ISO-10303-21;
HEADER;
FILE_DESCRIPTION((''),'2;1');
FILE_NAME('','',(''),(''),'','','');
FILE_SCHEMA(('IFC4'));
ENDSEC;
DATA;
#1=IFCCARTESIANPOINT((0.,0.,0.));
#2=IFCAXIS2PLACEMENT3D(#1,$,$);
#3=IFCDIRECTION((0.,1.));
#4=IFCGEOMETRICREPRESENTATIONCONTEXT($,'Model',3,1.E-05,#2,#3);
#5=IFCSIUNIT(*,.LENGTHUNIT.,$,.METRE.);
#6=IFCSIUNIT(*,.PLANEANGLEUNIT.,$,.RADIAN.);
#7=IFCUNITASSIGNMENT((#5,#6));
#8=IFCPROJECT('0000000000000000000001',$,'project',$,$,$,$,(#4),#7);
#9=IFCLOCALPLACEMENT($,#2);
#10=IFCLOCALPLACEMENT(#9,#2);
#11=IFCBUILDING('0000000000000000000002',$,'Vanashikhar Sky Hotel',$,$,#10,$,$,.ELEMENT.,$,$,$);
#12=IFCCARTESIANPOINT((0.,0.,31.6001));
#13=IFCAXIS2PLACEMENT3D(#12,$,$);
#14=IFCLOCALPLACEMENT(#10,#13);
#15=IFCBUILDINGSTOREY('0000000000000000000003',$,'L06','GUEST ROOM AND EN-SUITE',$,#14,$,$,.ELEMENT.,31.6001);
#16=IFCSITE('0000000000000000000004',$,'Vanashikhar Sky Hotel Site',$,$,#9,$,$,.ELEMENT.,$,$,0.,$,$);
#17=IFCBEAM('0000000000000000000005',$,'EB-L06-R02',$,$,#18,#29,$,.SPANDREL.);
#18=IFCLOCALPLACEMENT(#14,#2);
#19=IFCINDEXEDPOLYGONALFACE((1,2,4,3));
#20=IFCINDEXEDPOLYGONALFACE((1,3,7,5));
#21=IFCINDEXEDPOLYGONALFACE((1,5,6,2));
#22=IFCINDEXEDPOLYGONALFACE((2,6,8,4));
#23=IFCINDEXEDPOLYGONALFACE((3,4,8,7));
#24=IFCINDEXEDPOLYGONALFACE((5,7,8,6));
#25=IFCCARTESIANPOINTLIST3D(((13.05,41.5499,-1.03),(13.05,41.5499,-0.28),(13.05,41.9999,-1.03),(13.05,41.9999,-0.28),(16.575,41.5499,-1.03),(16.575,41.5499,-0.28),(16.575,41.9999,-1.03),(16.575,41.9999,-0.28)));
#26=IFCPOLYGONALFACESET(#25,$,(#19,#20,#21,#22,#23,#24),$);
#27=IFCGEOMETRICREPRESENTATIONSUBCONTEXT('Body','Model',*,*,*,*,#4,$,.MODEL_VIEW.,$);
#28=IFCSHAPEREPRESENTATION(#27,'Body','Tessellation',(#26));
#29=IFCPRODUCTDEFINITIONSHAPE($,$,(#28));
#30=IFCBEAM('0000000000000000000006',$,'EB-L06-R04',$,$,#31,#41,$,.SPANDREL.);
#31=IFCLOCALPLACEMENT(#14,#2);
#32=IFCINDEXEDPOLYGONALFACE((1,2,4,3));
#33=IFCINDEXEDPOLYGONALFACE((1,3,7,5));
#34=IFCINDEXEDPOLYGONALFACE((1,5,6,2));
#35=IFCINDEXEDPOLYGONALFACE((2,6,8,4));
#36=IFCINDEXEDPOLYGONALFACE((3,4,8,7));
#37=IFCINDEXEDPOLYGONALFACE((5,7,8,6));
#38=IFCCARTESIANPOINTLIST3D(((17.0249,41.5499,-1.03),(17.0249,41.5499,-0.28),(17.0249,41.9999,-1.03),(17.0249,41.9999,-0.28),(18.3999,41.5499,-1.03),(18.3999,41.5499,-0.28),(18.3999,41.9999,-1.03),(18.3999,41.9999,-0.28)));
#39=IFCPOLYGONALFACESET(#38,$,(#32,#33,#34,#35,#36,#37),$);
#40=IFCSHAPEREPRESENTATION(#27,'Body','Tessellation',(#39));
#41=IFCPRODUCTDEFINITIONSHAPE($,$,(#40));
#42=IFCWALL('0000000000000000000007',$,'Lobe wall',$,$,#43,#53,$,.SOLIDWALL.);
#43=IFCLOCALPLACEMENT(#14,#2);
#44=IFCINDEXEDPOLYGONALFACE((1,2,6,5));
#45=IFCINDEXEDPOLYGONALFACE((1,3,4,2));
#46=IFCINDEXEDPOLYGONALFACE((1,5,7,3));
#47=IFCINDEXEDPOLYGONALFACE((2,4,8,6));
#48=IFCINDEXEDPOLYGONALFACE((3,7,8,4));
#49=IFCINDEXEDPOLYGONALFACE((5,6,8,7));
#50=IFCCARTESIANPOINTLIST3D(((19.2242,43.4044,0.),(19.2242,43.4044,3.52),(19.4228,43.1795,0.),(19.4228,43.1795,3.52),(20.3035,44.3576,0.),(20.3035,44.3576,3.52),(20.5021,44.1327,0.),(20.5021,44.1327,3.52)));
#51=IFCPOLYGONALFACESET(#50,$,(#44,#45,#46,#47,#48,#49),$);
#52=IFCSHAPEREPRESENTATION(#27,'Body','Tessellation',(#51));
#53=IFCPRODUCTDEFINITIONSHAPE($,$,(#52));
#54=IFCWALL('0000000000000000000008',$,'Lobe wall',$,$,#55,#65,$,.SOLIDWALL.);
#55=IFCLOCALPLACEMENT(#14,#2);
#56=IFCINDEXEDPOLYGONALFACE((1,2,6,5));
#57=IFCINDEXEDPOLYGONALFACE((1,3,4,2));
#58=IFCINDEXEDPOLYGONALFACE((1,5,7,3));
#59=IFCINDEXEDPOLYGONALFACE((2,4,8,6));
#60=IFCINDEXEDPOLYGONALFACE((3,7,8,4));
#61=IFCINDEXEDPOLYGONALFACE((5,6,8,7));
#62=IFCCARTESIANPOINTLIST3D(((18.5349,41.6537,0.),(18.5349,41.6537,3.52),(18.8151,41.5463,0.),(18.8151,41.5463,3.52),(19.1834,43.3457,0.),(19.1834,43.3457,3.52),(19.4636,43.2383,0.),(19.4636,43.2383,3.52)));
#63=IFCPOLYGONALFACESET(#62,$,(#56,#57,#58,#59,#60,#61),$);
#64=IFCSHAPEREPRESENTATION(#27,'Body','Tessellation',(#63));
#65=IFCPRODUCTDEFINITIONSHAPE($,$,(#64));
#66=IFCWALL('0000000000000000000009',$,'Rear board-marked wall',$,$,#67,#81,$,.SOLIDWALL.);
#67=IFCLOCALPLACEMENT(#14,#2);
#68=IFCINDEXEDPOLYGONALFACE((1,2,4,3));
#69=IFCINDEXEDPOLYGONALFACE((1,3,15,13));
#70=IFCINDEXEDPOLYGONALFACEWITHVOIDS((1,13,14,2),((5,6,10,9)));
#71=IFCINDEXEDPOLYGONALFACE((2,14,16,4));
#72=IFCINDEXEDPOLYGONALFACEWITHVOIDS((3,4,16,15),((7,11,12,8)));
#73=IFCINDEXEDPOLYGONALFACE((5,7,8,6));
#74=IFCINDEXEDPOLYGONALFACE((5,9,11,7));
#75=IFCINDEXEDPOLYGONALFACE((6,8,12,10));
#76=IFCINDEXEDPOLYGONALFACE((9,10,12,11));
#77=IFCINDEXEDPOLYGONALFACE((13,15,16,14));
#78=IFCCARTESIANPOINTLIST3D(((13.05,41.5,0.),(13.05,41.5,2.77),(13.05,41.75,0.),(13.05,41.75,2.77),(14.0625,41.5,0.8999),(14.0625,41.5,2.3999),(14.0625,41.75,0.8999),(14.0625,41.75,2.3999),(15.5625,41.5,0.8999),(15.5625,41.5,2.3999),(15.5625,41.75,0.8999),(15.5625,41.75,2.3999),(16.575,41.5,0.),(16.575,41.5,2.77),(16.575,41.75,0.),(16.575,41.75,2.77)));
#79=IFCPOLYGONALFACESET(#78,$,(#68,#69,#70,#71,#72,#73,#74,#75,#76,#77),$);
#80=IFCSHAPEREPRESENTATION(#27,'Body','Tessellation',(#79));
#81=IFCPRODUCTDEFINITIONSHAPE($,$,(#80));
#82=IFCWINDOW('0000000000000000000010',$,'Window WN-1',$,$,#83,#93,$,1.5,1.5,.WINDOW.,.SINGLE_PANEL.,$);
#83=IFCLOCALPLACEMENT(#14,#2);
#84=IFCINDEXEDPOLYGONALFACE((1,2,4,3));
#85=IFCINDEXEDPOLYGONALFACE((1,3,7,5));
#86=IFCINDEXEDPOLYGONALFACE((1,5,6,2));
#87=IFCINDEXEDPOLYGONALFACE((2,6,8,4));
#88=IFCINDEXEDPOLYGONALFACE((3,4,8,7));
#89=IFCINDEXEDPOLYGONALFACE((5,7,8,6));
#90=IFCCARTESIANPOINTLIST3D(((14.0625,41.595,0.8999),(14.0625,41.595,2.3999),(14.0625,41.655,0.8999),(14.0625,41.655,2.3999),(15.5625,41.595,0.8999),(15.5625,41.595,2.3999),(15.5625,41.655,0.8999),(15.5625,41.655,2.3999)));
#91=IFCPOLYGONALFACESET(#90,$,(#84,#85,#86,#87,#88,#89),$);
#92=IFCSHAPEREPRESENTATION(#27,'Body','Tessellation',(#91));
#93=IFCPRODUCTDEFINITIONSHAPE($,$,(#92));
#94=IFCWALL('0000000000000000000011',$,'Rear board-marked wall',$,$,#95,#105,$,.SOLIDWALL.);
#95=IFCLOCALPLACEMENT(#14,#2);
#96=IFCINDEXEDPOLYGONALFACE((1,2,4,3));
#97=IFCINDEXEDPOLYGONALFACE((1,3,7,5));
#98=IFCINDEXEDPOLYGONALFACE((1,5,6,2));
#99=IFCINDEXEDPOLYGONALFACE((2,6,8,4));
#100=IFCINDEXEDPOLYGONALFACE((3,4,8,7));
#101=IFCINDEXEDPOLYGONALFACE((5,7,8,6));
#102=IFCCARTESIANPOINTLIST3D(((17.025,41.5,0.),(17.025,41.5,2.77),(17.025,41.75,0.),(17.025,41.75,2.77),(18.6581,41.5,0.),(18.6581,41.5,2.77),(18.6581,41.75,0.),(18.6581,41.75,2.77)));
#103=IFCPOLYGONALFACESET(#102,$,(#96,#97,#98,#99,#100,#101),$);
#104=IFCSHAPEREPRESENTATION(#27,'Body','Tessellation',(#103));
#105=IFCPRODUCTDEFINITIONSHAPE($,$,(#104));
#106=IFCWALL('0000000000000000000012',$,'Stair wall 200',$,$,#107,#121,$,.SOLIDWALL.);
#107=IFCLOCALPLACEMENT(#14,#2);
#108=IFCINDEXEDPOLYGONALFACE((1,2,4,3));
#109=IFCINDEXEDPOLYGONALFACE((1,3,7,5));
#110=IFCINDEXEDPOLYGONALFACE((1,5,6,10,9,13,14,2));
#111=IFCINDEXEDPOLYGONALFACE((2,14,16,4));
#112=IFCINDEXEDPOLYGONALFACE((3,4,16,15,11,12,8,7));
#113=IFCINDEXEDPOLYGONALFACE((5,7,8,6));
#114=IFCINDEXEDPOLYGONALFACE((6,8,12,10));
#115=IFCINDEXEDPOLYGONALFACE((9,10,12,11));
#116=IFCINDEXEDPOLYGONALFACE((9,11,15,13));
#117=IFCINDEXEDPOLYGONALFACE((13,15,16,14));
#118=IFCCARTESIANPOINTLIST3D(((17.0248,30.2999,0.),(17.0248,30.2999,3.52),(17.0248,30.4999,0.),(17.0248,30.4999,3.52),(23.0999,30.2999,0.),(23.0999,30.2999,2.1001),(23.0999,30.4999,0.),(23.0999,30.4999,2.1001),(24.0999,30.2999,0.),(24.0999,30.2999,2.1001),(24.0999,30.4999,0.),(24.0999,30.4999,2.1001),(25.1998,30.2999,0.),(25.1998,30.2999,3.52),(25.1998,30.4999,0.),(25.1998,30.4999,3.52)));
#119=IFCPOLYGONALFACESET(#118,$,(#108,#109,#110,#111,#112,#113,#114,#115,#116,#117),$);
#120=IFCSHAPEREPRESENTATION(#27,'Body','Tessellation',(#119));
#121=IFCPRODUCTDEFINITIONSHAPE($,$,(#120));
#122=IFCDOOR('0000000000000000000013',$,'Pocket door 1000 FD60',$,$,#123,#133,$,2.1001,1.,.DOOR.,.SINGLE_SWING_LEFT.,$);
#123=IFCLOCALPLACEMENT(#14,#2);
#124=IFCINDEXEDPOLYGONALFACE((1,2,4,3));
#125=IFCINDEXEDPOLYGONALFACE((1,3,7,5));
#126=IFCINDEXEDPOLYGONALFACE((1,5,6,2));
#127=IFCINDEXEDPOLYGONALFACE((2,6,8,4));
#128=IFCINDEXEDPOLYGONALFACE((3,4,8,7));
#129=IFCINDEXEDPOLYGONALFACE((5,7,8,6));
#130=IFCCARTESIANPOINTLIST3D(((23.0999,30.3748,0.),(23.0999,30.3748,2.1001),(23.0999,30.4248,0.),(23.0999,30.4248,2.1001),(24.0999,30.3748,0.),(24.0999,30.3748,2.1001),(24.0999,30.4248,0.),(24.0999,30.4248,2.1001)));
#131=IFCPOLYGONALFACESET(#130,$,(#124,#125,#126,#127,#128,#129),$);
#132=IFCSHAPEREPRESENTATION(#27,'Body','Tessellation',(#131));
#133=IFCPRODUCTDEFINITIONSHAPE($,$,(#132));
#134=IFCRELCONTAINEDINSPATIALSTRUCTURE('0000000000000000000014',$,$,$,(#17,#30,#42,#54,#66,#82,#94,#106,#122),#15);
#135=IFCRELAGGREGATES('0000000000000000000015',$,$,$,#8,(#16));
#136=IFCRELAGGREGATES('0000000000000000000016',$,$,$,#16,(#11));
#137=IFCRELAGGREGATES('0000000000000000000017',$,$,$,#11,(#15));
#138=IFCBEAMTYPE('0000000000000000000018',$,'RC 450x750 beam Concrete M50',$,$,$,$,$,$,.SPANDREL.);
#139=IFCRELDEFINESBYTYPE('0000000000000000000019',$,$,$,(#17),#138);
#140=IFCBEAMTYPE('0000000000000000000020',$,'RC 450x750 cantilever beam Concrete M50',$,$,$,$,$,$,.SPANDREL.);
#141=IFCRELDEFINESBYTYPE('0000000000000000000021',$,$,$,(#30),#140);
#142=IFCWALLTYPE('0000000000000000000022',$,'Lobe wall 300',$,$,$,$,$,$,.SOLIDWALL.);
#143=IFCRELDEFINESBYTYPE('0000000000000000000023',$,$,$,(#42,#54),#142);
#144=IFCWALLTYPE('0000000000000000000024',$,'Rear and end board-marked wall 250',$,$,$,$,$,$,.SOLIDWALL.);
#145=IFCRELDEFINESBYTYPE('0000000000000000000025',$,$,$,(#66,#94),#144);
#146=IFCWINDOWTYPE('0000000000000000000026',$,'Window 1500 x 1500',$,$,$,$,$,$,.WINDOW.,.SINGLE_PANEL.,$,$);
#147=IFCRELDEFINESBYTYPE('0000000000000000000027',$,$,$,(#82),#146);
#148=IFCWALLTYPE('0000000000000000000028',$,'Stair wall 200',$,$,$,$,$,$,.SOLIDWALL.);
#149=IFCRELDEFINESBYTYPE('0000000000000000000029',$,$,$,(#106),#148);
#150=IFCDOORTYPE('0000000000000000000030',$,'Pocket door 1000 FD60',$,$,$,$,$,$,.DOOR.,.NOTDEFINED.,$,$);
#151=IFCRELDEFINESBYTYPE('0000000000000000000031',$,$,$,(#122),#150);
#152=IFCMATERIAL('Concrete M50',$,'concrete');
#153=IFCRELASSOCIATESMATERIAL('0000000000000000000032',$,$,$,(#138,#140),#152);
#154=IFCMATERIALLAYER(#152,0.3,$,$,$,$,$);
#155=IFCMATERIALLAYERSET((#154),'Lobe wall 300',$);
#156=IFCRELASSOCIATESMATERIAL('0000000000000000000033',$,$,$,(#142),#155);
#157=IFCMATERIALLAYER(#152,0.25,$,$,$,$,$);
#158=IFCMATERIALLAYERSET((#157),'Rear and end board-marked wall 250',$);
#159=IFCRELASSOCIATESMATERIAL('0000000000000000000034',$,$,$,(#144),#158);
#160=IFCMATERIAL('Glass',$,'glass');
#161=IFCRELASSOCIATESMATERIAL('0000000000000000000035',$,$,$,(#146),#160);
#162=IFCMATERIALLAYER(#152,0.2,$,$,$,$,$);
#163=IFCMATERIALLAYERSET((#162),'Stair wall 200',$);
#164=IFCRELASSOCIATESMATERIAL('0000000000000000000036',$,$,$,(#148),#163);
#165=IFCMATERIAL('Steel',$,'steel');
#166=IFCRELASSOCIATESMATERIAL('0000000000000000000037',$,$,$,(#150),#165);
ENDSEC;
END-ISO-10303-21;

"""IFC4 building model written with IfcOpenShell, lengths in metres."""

from ifc_helpers import new_model, si_unit, direction, frame, frame_2d, origin, origin_2d, place, context, subcontext, project, spatial, rectangle, extrude, source, transform, mapped, material, layer, layer_set, material_profile, profile_set, type_object, element, fill, save


model = new_model("IFC4")

# Units and contexts
model_context = context("Model", 3, precision=1e-05, world=origin(), true_north=direction((0.0, 1.0)))
body_context = subcontext(model_context, "Body", "Model", "MODEL_VIEW")
ifc_project = project(units=[si_unit("LENGTHUNIT", "METRE"), si_unit("PLANEANGLEUNIT", "RADIAN")], contexts=[model_context])

# Site, building, storey
site_placement = place(None, origin())
site = spatial("IfcSite", under=ifc_project, at=site_placement, Name="Vanashikhar Sky Hotel Site", CompositionType="ELEMENT", RefElevation=0.0)
building_placement = place(site_placement, origin())
building = spatial("IfcBuilding", under=site, at=building_placement, Name="Vanashikhar Sky Hotel", CompositionType="ELEMENT")
storey_placement = place(building_placement, frame((0.0, 0.0, 31.6001)))
storey = spatial("IfcBuildingStorey", under=building, at=storey_placement, Name="L06", Description="GUEST ROOM AND EN-SUITE", CompositionType="ELEMENT", Elevation=31.6001)

# Beams
ifc_material_1 = material(Name="Concrete M50", Category="concrete")
ifc_material_profile_1 = material_profile(ifc_material_1, rectangle(XDim=0.45, YDim=0.75, at=origin_2d()))
ifc_profile_set_1 = profile_set([ifc_material_profile_1], Name="RC 450x750 beam Concrete M50")
beam_type_1 = type_object("IfcBeamType", Name="RC 450x750 beam Concrete M50", PredefinedType="SPANDREL", material=ifc_profile_set_1)
shared_shape_1 = source(origin(), body_context, "Body", "SweptSolid", [
    extrude(rectangle(XDim=0.45, YDim=0.75, at=origin_2d()), origin(), (0.0, 0.0, 1.0), 3.5249),
])
beam_1_placement = place(storey_placement, frame((13.05, 41.7749, -0.655), z_axis=(1.0, 0.0, 0.0), x_axis=(0.0, 1.0, 0.0)))
element("IfcBeam", 1, at=beam_1_placement, inside=storey, type_object=beam_type_1, Name="EB-L06-R02", PredefinedType="SPANDREL", context=body_context, shape_type="MappedRepresentation", body=[
    mapped(shared_shape_1, transform((0.0, 0.0, 0.0), scale=1.0)),
])
ifc_material_profile_2 = material_profile(ifc_material_1, rectangle(XDim=0.45, YDim=0.75, at=origin_2d()))
ifc_profile_set_2 = profile_set([ifc_material_profile_2], Name="RC 450x750 cantilever beam Concrete M50")
beam_type_2 = type_object("IfcBeamType", Name="RC 450x750 cantilever beam Concrete M50", PredefinedType="SPANDREL", material=ifc_profile_set_2)
shared_shape_2 = source(origin(), body_context, "Body", "SweptSolid", [
    extrude(rectangle(XDim=0.45, YDim=0.75, at=origin_2d()), origin(), (0.0, 0.0, 1.0), 1.375),
])
beam_2_placement = place(storey_placement, frame((17.0249, 41.7749, -0.655), z_axis=(1.0, 0.0, 0.0), x_axis=(0.0, 1.0, 0.0)))
element("IfcBeam", 2, at=beam_2_placement, inside=storey, type_object=beam_type_2, Name="EB-L06-R04", PredefinedType="SPANDREL", context=body_context, shape_type="MappedRepresentation", body=[
    mapped(shared_shape_2, transform((0.0, 0.0, 0.0), scale=1.0)),
])

# Walls
ifc_layer_1 = layer(ifc_material_1, 0.3)
ifc_layer_set_1 = layer_set([ifc_layer_1], Name="Lobe wall 300")
wall_type_1 = type_object("IfcWallType", Name="Lobe wall 300", PredefinedType="SOLIDWALL", material=ifc_layer_set_1)
shared_shape_3 = source(origin(), body_context, "Body", "SweptSolid", [
    extrude(rectangle(XDim=1.4399, YDim=0.3, at=frame_2d((0.72, 0.0))), origin(), (0.0, 0.0, 1.0), 3.52),
])
wall_1_placement = place(storey_placement, frame((20.4028, 44.2451, 0.0), z_axis=(0.0, 0.0, 1.0), x_axis=(-0.749576, -0.661919, 0.0)))
element("IfcWall", 3, at=wall_1_placement, inside=storey, type_object=wall_type_1, Name="Lobe wall", PredefinedType="SOLIDWALL", context=body_context, shape_type="MappedRepresentation", body=[
    mapped(shared_shape_3, transform((0.0, 0.0, 0.0), scale=1.0)),
])
shared_shape_4 = source(origin(), body_context, "Body", "SweptSolid", [
    extrude(rectangle(XDim=1.812, YDim=0.3, at=frame_2d((0.906, 0.0))), origin(), (0.0, 0.0, 1.0), 3.52),
])
wall_2_placement = place(storey_placement, frame((19.3235, 43.292, 0.0), z_axis=(0.0, 0.0, 1.0), x_axis=(-0.357877, -0.933769, 0.0)))
element("IfcWall", 4, at=wall_2_placement, inside=storey, type_object=wall_type_1, Name="Lobe wall", PredefinedType="SOLIDWALL", context=body_context, shape_type="MappedRepresentation", body=[
    mapped(shared_shape_4, transform((0.0, 0.0, 0.0), scale=1.0)),
])

# Wall, opening, window
ifc_layer_2 = layer(ifc_material_1, 0.25)
ifc_layer_set_2 = layer_set([ifc_layer_2], Name="Rear and end board-marked wall 250")
wall_type_2 = type_object("IfcWallType", Name="Rear and end board-marked wall 250", PredefinedType="SOLIDWALL", material=ifc_layer_set_2)
shared_shape_5 = source(origin(), body_context, "Body", "SweptSolid", [
    extrude(rectangle(XDim=3.5249, YDim=0.25, at=frame_2d((1.7625, 0.0))), origin(), (0.0, 0.0, 1.0), 2.77),
])
wall_3_placement = place(storey_placement, frame((16.575, 41.625, 0.0), z_axis=(0.0, 0.0, 1.0), x_axis=(-1.0, 0.0, 0.0)))
wall_3 = element("IfcWall", 5, at=wall_3_placement, inside=storey, type_object=wall_type_2, Name="Rear board-marked wall", PredefinedType="SOLIDWALL", context=body_context, shape_type="MappedRepresentation", body=[
    mapped(shared_shape_5, transform((0.0, 0.0, 0.0), scale=1.0)),
])
shared_shape_6 = source(origin(), body_context, "Body", "SweptSolid", [
    extrude(rectangle(XDim=1.5, YDim=1.5, at=frame_2d((0.75, 0.75))), frame((0.0, 0.135, 0.0), z_axis=(0.0, -1.0, 0.0), x_axis=(1.0, 0.0, 0.0)), (0.0, 0.0, 1.0), 0.27),
])
opening_1_placement = place(wall_3_placement, frame((1.0125, 0.0, 0.8999)))
opening_1 = element("IfcOpeningElement", 6, at=opening_1_placement, cuts=wall_3, PredefinedType="OPENING", context=body_context, shape_type="MappedRepresentation", body=[
    mapped(shared_shape_6, transform((0.0, 0.0, 0.0), scale=1.0)),
])
ifc_material_2 = material(Name="Glass", Category="glass")
window_type = type_object("IfcWindowType", Name="Window 1500 x 1500", PartitioningType="SINGLE_PANEL", PredefinedType="WINDOW", material=ifc_material_2)
shared_shape_7 = source(origin(), body_context, "Body", "SweptSolid", [
    extrude(rectangle(XDim=1.5, YDim=1.5, at=frame_2d((0.75, 0.75))), frame((0.0, 0.03, 0.0), z_axis=(0.0, -1.0, 0.0), x_axis=(1.0, 0.0, 0.0)), (0.0, 0.0, 1.0), 0.0601),
])
window_placement = place(opening_1_placement, origin())
window = element("IfcWindow", 7, at=window_placement, inside=storey, type_object=window_type, Name="Window WN-1", OverallHeight=1.5, OverallWidth=1.5, PartitioningType="SINGLE_PANEL", PredefinedType="WINDOW", context=body_context, shape_type="MappedRepresentation", body=[
    mapped(shared_shape_7, transform((0.0, 0.0, 0.0), scale=1.0)),
])
fill(opening_1, window)

# Wall
shared_shape_8 = source(origin(), body_context, "Body", "SweptSolid", [
    extrude(rectangle(XDim=1.6331, YDim=0.25, at=frame_2d((0.8164, 0.0))), origin(), (0.0, 0.0, 1.0), 2.77),
])
wall_4_placement = place(storey_placement, frame((18.658, 41.625, 0.0), z_axis=(0.0, 0.0, 1.0), x_axis=(-1.0, 0.0, 0.0)))
element("IfcWall", 8, at=wall_4_placement, inside=storey, type_object=wall_type_2, Name="Rear board-marked wall", PredefinedType="SOLIDWALL", context=body_context, shape_type="MappedRepresentation", body=[
    mapped(shared_shape_8, transform((0.0, 0.0, 0.0), scale=1.0)),
])

# Wall, opening, door
ifc_layer_3 = layer(ifc_material_1, 0.2)
ifc_layer_set_3 = layer_set([ifc_layer_3], Name="Stair wall 200")
wall_type_3 = type_object("IfcWallType", Name="Stair wall 200", PredefinedType="SOLIDWALL", material=ifc_layer_set_3)
shared_shape_9 = source(origin(), body_context, "Body", "SweptSolid", [
    extrude(rectangle(XDim=8.175, YDim=0.2, at=frame_2d((4.0874, 0.0))), origin(), (0.0, 0.0, 1.0), 3.52),
])
wall_5_placement = place(storey_placement, frame((17.0249, 30.3999, 0.0), z_axis=(0.0, 0.0, 1.0), x_axis=(1.0, 0.0, 0.0)))
wall_5 = element("IfcWall", 9, at=wall_5_placement, inside=storey, type_object=wall_type_3, Name="Stair wall 200", PredefinedType="SOLIDWALL", context=body_context, shape_type="MappedRepresentation", body=[
    mapped(shared_shape_9, transform((0.0, 0.0, 0.0), scale=1.0)),
])
shared_shape_10 = source(origin(), body_context, "Body", "SweptSolid", [
    extrude(rectangle(XDim=1.0, YDim=2.1001, at=frame_2d((0.5, 1.05))), frame((0.0, 0.1099, 0.0), z_axis=(0.0, -1.0, 0.0), x_axis=(1.0, 0.0, 0.0)), (0.0, 0.0, 1.0), 0.22),
])
opening_2_placement = place(wall_5_placement, frame((6.075, 0.0, 0.0)))
opening_2 = element("IfcOpeningElement", 10, at=opening_2_placement, cuts=wall_5, PredefinedType="OPENING", context=body_context, shape_type="MappedRepresentation", body=[
    mapped(shared_shape_10, transform((0.0, 0.0, 0.0), scale=1.0)),
])
ifc_material_3 = material(Name="Steel", Category="steel")
door_type_1 = type_object("IfcDoorType", Name="Pocket door 1000 FD60", OperationType="NOTDEFINED", PredefinedType="DOOR", material=ifc_material_3)
shared_shape_11 = source(origin(), body_context, "Body", "SweptSolid", [
    extrude(rectangle(XDim=1.0, YDim=2.1001, at=frame_2d((0.5, 1.05))), frame((0.0, 0.0249, 0.0), z_axis=(0.0, -1.0, 0.0), x_axis=(1.0, 0.0, 0.0)), (0.0, 0.0, 1.0), 0.05),
])
door_1_placement = place(opening_2_placement, origin())
door_1 = element("IfcDoor", 11, at=door_1_placement, inside=storey, type_object=door_type_1, Name="Pocket door 1000 FD60", OperationType="SINGLE_SWING_LEFT", OverallHeight=2.1001, OverallWidth=1.0, PredefinedType="DOOR", context=body_context, shape_type="MappedRepresentation", body=[
    mapped(shared_shape_11, transform((0.0, 0.0, 0.0), scale=1.0)),
])
fill(opening_2, door_1)

save(model, "model.ifc")
